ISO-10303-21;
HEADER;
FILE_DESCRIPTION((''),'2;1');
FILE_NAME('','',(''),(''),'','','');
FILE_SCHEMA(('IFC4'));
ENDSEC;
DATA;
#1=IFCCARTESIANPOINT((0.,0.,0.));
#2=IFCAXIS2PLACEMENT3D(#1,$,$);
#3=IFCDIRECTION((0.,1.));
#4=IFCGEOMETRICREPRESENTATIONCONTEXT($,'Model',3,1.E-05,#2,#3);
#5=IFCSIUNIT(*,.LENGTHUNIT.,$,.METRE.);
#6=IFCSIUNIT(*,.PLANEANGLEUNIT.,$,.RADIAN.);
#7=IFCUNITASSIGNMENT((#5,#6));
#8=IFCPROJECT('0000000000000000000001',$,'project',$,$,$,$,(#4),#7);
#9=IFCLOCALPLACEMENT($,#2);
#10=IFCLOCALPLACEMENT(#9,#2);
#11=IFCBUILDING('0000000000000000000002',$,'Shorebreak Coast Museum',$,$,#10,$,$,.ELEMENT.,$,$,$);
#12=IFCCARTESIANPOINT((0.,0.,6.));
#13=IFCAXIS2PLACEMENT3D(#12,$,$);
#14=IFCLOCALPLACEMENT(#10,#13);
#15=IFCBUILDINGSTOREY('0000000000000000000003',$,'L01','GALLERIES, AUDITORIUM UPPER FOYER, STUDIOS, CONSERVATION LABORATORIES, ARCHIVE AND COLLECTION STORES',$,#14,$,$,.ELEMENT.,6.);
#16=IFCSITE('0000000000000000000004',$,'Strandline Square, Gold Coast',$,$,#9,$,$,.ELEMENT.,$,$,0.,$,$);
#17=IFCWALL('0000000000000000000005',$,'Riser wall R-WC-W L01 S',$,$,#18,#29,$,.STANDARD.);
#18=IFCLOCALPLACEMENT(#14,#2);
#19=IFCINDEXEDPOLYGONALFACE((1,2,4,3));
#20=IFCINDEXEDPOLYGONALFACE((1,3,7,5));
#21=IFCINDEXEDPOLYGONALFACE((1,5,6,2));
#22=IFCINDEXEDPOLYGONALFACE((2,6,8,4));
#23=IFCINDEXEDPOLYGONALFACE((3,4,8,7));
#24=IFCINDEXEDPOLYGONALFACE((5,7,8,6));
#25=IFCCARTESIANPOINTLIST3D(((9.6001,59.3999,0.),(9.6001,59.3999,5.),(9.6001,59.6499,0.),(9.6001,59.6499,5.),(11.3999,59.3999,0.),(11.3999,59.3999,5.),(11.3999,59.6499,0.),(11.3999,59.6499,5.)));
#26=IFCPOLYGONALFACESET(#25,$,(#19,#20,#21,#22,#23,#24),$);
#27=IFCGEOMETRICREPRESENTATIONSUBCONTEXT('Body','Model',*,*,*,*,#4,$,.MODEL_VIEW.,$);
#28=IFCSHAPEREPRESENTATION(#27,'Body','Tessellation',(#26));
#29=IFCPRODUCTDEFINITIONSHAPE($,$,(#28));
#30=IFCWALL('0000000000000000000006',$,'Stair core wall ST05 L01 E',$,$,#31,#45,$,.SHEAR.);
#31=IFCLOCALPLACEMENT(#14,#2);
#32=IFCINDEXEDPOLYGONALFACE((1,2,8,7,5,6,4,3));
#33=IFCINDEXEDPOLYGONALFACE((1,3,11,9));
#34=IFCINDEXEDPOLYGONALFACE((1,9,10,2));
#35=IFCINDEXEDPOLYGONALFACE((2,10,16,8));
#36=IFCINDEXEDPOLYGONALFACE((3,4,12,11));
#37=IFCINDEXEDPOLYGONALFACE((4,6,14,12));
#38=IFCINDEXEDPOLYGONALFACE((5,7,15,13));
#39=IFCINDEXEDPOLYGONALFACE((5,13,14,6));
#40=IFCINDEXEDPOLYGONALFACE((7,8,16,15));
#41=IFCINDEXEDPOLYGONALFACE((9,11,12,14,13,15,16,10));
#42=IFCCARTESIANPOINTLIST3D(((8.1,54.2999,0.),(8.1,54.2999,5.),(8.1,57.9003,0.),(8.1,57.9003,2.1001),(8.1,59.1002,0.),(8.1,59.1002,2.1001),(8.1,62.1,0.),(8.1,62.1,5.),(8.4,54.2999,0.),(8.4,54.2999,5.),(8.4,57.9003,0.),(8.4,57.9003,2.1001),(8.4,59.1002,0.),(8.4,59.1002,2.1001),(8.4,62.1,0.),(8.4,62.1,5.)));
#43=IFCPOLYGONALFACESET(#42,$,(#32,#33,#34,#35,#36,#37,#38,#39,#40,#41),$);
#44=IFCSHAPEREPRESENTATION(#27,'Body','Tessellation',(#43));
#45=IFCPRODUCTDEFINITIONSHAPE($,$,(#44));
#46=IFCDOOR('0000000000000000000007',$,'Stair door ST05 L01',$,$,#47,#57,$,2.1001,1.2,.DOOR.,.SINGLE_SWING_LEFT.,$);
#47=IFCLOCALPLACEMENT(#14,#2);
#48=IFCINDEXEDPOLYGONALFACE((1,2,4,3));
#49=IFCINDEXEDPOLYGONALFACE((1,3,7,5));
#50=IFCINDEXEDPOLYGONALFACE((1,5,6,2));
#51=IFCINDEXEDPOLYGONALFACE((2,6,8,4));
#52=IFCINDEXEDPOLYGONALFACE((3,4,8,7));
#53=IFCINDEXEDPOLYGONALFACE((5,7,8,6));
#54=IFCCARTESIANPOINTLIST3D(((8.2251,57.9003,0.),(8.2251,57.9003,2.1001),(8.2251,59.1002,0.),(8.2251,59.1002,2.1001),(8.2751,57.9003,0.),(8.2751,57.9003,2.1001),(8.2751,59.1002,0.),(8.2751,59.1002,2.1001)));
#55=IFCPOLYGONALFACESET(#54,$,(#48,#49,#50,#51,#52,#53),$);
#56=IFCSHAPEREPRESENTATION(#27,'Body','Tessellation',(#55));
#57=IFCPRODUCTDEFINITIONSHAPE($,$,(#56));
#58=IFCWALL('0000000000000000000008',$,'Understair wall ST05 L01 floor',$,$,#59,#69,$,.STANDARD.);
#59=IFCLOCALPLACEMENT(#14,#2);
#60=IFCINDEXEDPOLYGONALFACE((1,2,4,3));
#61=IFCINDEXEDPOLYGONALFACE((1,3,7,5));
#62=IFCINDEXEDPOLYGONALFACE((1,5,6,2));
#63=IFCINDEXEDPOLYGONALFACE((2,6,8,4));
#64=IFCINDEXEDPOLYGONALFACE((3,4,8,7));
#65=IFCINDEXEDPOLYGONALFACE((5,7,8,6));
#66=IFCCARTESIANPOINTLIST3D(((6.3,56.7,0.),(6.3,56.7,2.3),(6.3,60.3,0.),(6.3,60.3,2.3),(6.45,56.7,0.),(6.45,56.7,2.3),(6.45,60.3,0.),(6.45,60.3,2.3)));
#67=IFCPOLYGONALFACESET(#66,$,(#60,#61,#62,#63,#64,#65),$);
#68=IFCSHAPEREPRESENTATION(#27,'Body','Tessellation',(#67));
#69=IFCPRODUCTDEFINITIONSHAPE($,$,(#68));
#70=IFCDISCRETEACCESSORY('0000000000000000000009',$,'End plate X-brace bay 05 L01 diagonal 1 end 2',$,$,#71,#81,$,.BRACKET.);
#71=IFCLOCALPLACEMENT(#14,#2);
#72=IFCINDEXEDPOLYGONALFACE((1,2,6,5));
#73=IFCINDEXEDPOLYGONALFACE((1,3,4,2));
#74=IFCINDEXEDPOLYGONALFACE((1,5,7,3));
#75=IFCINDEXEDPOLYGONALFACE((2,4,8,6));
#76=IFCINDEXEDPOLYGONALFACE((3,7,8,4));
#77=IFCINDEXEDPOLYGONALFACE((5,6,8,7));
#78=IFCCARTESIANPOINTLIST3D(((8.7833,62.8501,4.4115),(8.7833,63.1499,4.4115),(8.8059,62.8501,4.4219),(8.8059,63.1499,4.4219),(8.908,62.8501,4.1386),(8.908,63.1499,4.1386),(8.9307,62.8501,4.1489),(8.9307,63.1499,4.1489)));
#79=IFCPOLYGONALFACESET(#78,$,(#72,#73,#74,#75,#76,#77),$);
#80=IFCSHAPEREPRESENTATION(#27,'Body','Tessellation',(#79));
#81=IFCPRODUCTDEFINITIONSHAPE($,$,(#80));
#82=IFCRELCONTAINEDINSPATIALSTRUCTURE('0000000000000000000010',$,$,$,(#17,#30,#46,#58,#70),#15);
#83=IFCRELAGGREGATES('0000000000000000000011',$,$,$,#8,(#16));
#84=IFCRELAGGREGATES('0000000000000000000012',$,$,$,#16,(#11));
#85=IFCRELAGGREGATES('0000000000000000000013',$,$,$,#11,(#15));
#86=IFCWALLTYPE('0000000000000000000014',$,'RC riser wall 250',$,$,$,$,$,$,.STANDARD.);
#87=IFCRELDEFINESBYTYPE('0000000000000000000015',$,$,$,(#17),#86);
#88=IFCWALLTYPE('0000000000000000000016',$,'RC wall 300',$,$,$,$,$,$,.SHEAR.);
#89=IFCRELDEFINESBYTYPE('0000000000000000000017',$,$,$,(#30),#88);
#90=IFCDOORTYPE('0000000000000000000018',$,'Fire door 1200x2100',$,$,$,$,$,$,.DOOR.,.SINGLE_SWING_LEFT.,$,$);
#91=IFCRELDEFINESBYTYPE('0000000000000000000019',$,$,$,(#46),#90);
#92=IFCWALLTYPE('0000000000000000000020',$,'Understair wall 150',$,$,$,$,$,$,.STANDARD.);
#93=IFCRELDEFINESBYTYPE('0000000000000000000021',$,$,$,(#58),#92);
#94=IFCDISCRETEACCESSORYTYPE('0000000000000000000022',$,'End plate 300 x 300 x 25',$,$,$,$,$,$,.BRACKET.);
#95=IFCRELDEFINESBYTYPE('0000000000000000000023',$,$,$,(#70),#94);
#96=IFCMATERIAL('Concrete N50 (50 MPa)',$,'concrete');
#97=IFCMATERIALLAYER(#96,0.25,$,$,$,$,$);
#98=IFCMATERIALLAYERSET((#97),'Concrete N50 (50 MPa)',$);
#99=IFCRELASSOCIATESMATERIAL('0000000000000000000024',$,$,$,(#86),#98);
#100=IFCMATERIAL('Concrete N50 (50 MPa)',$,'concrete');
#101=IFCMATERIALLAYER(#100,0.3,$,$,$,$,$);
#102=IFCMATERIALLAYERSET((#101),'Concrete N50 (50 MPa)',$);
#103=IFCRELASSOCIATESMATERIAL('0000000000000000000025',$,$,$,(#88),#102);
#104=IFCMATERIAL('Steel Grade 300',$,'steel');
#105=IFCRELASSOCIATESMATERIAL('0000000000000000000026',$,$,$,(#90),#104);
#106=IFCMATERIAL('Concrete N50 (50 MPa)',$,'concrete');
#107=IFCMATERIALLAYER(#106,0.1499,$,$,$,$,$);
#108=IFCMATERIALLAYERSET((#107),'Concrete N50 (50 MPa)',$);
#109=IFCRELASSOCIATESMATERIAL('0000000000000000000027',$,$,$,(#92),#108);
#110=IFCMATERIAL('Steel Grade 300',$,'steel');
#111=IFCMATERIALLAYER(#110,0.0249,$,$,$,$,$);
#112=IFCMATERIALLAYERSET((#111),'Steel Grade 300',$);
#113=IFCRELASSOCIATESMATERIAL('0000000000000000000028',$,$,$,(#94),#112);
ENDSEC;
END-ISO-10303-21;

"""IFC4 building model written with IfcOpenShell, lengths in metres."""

from ifc_helpers import new_model, si_unit, direction, frame, frame_2d, origin, place, context, subcontext, project, spatial, polyline, rectangle, outline, extrude, material, layer, layer_set, type_object, element, fill, save


model = new_model("IFC4")

# Units and contexts
model_context = context("Model", 3, precision=1e-05, world=origin(), true_north=direction((0.0, 1.0)))
body_context = subcontext(model_context, "Body", "Model", "MODEL_VIEW")
ifc_project = project(units=[si_unit("LENGTHUNIT", "METRE"), si_unit("PLANEANGLEUNIT", "RADIAN")], contexts=[model_context])

# Site, building, storey
site_placement = place(None, origin())
site = spatial("IfcSite", under=ifc_project, at=site_placement, Name="Strandline Square, Gold Coast", CompositionType="ELEMENT", RefElevation=0.0)
building_placement = place(site_placement, origin())
building = spatial("IfcBuilding", under=site, at=building_placement, Name="Shorebreak Coast Museum", CompositionType="ELEMENT")
storey_placement = place(building_placement, frame((0.0, 0.0, 6.0)))
storey = spatial("IfcBuildingStorey", under=building, at=storey_placement, Name="L01", Description="GALLERIES, AUDITORIUM UPPER FOYER, STUDIOS, CONSERVATION LABORATORIES, ARCHIVE AND COLLECTION STORES", CompositionType="ELEMENT", Elevation=6.0)

# Wall
ifc_material_1 = material(Name="Concrete N50 (50 MPa)", Category="concrete")
ifc_layer_1 = layer(ifc_material_1, 0.25)
ifc_layer_set_1 = layer_set([ifc_layer_1], Name="Concrete N50 (50 MPa)")
wall_type_1 = type_object("IfcWallType", Name="RC riser wall 250", PredefinedType="STANDARD", material=ifc_layer_set_1)
wall_1_placement = place(storey_placement, frame((9.6001, 59.5249, 0.0), z_axis=(0.0, 0.0, 1.0), x_axis=(1.0, 0.0, 0.0)))
element("IfcWall", 1, at=wall_1_placement, inside=storey, type_object=wall_type_1, Name="Riser wall R-WC-W L01 S", PredefinedType="STANDARD", context=body_context, shape_type="SweptSolid", body=[
    extrude(rectangle(XDim=1.7998, YDim=0.25, at=frame_2d((0.8999, 0.0))), origin(), (0.0, 0.0, 1.0), 5.0),
])

# Wall, opening, door
ifc_material_2 = material(Name="Concrete N50 (50 MPa)", Category="concrete")
ifc_layer_2 = layer(ifc_material_2, 0.3)
ifc_layer_set_2 = layer_set([ifc_layer_2], Name="Concrete N50 (50 MPa)")
wall_type_2 = type_object("IfcWallType", Name="RC wall 300", PredefinedType="SHEAR", material=ifc_layer_set_2)
wall_2_placement = place(storey_placement, frame((8.25, 54.3, 0.0), z_axis=(0.0, 0.0, 1.0), x_axis=(0.0, 1.0, 0.0)))
wall_2 = element("IfcWall", 2, at=wall_2_placement, inside=storey, type_object=wall_type_2, Name="Stair core wall ST05 L01 E", PredefinedType="SHEAR", context=body_context, shape_type="SweptSolid", body=[
    extrude(rectangle(XDim=7.8, YDim=0.3, at=frame_2d((3.8999, 0.0))), origin(), (0.0, 0.0, 1.0), 5.0),
])
opening_1_placement = place(wall_2_placement, frame((3.6001, 0.0, 0.0)))
opening_1 = element("IfcOpeningElement", 3, at=opening_1_placement, cuts=wall_2, PredefinedType="OPENING", context=body_context, shape_type="SweptSolid", body=[
    extrude(rectangle(XDim=1.2, YDim=2.1001, at=frame_2d((0.6001, 1.05))), frame((0.0, 0.1599, 0.0), z_axis=(0.0, -1.0, 0.0), x_axis=(1.0, 0.0, 0.0)), (0.0, 0.0, 1.0), 0.3201),
])
ifc_material_3 = material(Name="Steel Grade 300", Category="steel")
door_type_1 = type_object("IfcDoorType", Name="Fire door 1200x2100", OperationType="SINGLE_SWING_LEFT", PredefinedType="DOOR", material=ifc_material_3)
door_1_placement = place(opening_1_placement, origin())
door_1 = element("IfcDoor", 4, at=door_1_placement, inside=storey, type_object=door_type_1, Name="Stair door ST05 L01", OperationType="SINGLE_SWING_LEFT", OverallHeight=2.1001, OverallWidth=1.2, PredefinedType="DOOR", context=body_context, shape_type="SweptSolid", body=[
    extrude(rectangle(XDim=1.2, YDim=2.1001, at=frame_2d((0.6001, 1.05))), frame((0.0, 0.0249, 0.0), z_axis=(0.0, -1.0, 0.0), x_axis=(1.0, 0.0, 0.0)), (0.0, 0.0, 1.0), 0.05),
])
fill(opening_1, door_1)

# Wall
ifc_material_4 = material(Name="Concrete N50 (50 MPa)", Category="concrete")
ifc_layer_3 = layer(ifc_material_4, 0.1499)
ifc_layer_set_3 = layer_set([ifc_layer_3], Name="Concrete N50 (50 MPa)")
wall_type_3 = type_object("IfcWallType", Name="Understair wall 150", PredefinedType="STANDARD", material=ifc_layer_set_3)
wall_3_placement = place(storey_placement, frame((6.375, 56.7, 0.0), z_axis=(0.0, 0.0, 1.0), x_axis=(0.0, 1.0, 0.0)))
element("IfcWall", 5, at=wall_3_placement, inside=storey, type_object=wall_type_3, Name="Understair wall ST05 L01 floor", PredefinedType="STANDARD", context=body_context, shape_type="SweptSolid", body=[
    extrude(rectangle(XDim=3.6001, YDim=0.1499, at=frame_2d((1.8, 0.0))), origin(), (0.0, 0.0, 1.0), 2.3),
])

# Discrete accessory
ifc_material_5 = material(Name="Steel Grade 300", Category="steel")
ifc_layer_4 = layer(ifc_material_5, 0.0249)
ifc_layer_set_4 = layer_set([ifc_layer_4], Name="Steel Grade 300")
discrete_accessory_type = type_object("IfcDiscreteAccessoryType", Name="End plate 300 x 300 x 25", PredefinedType="BRACKET", material=ifc_layer_set_4)
discrete_accessory_placement = place(storey_placement, frame((8.9307, 62.8501, 4.1489), z_axis=(0.909501, 0.0, 0.415702), x_axis=(0.0, 1.0, 0.0)))
element("IfcDiscreteAccessory", 6, at=discrete_accessory_placement, inside=storey, type_object=discrete_accessory_type, Name="End plate X-brace bay 05 L01 diagonal 1 end 2", PredefinedType="BRACKET", context=body_context, shape_type="SweptSolid", body=[
    extrude(outline(polyline([(0.0, 0.0), (0.2998, 0.0), (0.2998, 0.3001), (0.0, 0.3001), (0.0, 0.0)])), origin(), (0.0, 0.0, -1.0), 0.0249),
])

save(model, "model.ifc")
